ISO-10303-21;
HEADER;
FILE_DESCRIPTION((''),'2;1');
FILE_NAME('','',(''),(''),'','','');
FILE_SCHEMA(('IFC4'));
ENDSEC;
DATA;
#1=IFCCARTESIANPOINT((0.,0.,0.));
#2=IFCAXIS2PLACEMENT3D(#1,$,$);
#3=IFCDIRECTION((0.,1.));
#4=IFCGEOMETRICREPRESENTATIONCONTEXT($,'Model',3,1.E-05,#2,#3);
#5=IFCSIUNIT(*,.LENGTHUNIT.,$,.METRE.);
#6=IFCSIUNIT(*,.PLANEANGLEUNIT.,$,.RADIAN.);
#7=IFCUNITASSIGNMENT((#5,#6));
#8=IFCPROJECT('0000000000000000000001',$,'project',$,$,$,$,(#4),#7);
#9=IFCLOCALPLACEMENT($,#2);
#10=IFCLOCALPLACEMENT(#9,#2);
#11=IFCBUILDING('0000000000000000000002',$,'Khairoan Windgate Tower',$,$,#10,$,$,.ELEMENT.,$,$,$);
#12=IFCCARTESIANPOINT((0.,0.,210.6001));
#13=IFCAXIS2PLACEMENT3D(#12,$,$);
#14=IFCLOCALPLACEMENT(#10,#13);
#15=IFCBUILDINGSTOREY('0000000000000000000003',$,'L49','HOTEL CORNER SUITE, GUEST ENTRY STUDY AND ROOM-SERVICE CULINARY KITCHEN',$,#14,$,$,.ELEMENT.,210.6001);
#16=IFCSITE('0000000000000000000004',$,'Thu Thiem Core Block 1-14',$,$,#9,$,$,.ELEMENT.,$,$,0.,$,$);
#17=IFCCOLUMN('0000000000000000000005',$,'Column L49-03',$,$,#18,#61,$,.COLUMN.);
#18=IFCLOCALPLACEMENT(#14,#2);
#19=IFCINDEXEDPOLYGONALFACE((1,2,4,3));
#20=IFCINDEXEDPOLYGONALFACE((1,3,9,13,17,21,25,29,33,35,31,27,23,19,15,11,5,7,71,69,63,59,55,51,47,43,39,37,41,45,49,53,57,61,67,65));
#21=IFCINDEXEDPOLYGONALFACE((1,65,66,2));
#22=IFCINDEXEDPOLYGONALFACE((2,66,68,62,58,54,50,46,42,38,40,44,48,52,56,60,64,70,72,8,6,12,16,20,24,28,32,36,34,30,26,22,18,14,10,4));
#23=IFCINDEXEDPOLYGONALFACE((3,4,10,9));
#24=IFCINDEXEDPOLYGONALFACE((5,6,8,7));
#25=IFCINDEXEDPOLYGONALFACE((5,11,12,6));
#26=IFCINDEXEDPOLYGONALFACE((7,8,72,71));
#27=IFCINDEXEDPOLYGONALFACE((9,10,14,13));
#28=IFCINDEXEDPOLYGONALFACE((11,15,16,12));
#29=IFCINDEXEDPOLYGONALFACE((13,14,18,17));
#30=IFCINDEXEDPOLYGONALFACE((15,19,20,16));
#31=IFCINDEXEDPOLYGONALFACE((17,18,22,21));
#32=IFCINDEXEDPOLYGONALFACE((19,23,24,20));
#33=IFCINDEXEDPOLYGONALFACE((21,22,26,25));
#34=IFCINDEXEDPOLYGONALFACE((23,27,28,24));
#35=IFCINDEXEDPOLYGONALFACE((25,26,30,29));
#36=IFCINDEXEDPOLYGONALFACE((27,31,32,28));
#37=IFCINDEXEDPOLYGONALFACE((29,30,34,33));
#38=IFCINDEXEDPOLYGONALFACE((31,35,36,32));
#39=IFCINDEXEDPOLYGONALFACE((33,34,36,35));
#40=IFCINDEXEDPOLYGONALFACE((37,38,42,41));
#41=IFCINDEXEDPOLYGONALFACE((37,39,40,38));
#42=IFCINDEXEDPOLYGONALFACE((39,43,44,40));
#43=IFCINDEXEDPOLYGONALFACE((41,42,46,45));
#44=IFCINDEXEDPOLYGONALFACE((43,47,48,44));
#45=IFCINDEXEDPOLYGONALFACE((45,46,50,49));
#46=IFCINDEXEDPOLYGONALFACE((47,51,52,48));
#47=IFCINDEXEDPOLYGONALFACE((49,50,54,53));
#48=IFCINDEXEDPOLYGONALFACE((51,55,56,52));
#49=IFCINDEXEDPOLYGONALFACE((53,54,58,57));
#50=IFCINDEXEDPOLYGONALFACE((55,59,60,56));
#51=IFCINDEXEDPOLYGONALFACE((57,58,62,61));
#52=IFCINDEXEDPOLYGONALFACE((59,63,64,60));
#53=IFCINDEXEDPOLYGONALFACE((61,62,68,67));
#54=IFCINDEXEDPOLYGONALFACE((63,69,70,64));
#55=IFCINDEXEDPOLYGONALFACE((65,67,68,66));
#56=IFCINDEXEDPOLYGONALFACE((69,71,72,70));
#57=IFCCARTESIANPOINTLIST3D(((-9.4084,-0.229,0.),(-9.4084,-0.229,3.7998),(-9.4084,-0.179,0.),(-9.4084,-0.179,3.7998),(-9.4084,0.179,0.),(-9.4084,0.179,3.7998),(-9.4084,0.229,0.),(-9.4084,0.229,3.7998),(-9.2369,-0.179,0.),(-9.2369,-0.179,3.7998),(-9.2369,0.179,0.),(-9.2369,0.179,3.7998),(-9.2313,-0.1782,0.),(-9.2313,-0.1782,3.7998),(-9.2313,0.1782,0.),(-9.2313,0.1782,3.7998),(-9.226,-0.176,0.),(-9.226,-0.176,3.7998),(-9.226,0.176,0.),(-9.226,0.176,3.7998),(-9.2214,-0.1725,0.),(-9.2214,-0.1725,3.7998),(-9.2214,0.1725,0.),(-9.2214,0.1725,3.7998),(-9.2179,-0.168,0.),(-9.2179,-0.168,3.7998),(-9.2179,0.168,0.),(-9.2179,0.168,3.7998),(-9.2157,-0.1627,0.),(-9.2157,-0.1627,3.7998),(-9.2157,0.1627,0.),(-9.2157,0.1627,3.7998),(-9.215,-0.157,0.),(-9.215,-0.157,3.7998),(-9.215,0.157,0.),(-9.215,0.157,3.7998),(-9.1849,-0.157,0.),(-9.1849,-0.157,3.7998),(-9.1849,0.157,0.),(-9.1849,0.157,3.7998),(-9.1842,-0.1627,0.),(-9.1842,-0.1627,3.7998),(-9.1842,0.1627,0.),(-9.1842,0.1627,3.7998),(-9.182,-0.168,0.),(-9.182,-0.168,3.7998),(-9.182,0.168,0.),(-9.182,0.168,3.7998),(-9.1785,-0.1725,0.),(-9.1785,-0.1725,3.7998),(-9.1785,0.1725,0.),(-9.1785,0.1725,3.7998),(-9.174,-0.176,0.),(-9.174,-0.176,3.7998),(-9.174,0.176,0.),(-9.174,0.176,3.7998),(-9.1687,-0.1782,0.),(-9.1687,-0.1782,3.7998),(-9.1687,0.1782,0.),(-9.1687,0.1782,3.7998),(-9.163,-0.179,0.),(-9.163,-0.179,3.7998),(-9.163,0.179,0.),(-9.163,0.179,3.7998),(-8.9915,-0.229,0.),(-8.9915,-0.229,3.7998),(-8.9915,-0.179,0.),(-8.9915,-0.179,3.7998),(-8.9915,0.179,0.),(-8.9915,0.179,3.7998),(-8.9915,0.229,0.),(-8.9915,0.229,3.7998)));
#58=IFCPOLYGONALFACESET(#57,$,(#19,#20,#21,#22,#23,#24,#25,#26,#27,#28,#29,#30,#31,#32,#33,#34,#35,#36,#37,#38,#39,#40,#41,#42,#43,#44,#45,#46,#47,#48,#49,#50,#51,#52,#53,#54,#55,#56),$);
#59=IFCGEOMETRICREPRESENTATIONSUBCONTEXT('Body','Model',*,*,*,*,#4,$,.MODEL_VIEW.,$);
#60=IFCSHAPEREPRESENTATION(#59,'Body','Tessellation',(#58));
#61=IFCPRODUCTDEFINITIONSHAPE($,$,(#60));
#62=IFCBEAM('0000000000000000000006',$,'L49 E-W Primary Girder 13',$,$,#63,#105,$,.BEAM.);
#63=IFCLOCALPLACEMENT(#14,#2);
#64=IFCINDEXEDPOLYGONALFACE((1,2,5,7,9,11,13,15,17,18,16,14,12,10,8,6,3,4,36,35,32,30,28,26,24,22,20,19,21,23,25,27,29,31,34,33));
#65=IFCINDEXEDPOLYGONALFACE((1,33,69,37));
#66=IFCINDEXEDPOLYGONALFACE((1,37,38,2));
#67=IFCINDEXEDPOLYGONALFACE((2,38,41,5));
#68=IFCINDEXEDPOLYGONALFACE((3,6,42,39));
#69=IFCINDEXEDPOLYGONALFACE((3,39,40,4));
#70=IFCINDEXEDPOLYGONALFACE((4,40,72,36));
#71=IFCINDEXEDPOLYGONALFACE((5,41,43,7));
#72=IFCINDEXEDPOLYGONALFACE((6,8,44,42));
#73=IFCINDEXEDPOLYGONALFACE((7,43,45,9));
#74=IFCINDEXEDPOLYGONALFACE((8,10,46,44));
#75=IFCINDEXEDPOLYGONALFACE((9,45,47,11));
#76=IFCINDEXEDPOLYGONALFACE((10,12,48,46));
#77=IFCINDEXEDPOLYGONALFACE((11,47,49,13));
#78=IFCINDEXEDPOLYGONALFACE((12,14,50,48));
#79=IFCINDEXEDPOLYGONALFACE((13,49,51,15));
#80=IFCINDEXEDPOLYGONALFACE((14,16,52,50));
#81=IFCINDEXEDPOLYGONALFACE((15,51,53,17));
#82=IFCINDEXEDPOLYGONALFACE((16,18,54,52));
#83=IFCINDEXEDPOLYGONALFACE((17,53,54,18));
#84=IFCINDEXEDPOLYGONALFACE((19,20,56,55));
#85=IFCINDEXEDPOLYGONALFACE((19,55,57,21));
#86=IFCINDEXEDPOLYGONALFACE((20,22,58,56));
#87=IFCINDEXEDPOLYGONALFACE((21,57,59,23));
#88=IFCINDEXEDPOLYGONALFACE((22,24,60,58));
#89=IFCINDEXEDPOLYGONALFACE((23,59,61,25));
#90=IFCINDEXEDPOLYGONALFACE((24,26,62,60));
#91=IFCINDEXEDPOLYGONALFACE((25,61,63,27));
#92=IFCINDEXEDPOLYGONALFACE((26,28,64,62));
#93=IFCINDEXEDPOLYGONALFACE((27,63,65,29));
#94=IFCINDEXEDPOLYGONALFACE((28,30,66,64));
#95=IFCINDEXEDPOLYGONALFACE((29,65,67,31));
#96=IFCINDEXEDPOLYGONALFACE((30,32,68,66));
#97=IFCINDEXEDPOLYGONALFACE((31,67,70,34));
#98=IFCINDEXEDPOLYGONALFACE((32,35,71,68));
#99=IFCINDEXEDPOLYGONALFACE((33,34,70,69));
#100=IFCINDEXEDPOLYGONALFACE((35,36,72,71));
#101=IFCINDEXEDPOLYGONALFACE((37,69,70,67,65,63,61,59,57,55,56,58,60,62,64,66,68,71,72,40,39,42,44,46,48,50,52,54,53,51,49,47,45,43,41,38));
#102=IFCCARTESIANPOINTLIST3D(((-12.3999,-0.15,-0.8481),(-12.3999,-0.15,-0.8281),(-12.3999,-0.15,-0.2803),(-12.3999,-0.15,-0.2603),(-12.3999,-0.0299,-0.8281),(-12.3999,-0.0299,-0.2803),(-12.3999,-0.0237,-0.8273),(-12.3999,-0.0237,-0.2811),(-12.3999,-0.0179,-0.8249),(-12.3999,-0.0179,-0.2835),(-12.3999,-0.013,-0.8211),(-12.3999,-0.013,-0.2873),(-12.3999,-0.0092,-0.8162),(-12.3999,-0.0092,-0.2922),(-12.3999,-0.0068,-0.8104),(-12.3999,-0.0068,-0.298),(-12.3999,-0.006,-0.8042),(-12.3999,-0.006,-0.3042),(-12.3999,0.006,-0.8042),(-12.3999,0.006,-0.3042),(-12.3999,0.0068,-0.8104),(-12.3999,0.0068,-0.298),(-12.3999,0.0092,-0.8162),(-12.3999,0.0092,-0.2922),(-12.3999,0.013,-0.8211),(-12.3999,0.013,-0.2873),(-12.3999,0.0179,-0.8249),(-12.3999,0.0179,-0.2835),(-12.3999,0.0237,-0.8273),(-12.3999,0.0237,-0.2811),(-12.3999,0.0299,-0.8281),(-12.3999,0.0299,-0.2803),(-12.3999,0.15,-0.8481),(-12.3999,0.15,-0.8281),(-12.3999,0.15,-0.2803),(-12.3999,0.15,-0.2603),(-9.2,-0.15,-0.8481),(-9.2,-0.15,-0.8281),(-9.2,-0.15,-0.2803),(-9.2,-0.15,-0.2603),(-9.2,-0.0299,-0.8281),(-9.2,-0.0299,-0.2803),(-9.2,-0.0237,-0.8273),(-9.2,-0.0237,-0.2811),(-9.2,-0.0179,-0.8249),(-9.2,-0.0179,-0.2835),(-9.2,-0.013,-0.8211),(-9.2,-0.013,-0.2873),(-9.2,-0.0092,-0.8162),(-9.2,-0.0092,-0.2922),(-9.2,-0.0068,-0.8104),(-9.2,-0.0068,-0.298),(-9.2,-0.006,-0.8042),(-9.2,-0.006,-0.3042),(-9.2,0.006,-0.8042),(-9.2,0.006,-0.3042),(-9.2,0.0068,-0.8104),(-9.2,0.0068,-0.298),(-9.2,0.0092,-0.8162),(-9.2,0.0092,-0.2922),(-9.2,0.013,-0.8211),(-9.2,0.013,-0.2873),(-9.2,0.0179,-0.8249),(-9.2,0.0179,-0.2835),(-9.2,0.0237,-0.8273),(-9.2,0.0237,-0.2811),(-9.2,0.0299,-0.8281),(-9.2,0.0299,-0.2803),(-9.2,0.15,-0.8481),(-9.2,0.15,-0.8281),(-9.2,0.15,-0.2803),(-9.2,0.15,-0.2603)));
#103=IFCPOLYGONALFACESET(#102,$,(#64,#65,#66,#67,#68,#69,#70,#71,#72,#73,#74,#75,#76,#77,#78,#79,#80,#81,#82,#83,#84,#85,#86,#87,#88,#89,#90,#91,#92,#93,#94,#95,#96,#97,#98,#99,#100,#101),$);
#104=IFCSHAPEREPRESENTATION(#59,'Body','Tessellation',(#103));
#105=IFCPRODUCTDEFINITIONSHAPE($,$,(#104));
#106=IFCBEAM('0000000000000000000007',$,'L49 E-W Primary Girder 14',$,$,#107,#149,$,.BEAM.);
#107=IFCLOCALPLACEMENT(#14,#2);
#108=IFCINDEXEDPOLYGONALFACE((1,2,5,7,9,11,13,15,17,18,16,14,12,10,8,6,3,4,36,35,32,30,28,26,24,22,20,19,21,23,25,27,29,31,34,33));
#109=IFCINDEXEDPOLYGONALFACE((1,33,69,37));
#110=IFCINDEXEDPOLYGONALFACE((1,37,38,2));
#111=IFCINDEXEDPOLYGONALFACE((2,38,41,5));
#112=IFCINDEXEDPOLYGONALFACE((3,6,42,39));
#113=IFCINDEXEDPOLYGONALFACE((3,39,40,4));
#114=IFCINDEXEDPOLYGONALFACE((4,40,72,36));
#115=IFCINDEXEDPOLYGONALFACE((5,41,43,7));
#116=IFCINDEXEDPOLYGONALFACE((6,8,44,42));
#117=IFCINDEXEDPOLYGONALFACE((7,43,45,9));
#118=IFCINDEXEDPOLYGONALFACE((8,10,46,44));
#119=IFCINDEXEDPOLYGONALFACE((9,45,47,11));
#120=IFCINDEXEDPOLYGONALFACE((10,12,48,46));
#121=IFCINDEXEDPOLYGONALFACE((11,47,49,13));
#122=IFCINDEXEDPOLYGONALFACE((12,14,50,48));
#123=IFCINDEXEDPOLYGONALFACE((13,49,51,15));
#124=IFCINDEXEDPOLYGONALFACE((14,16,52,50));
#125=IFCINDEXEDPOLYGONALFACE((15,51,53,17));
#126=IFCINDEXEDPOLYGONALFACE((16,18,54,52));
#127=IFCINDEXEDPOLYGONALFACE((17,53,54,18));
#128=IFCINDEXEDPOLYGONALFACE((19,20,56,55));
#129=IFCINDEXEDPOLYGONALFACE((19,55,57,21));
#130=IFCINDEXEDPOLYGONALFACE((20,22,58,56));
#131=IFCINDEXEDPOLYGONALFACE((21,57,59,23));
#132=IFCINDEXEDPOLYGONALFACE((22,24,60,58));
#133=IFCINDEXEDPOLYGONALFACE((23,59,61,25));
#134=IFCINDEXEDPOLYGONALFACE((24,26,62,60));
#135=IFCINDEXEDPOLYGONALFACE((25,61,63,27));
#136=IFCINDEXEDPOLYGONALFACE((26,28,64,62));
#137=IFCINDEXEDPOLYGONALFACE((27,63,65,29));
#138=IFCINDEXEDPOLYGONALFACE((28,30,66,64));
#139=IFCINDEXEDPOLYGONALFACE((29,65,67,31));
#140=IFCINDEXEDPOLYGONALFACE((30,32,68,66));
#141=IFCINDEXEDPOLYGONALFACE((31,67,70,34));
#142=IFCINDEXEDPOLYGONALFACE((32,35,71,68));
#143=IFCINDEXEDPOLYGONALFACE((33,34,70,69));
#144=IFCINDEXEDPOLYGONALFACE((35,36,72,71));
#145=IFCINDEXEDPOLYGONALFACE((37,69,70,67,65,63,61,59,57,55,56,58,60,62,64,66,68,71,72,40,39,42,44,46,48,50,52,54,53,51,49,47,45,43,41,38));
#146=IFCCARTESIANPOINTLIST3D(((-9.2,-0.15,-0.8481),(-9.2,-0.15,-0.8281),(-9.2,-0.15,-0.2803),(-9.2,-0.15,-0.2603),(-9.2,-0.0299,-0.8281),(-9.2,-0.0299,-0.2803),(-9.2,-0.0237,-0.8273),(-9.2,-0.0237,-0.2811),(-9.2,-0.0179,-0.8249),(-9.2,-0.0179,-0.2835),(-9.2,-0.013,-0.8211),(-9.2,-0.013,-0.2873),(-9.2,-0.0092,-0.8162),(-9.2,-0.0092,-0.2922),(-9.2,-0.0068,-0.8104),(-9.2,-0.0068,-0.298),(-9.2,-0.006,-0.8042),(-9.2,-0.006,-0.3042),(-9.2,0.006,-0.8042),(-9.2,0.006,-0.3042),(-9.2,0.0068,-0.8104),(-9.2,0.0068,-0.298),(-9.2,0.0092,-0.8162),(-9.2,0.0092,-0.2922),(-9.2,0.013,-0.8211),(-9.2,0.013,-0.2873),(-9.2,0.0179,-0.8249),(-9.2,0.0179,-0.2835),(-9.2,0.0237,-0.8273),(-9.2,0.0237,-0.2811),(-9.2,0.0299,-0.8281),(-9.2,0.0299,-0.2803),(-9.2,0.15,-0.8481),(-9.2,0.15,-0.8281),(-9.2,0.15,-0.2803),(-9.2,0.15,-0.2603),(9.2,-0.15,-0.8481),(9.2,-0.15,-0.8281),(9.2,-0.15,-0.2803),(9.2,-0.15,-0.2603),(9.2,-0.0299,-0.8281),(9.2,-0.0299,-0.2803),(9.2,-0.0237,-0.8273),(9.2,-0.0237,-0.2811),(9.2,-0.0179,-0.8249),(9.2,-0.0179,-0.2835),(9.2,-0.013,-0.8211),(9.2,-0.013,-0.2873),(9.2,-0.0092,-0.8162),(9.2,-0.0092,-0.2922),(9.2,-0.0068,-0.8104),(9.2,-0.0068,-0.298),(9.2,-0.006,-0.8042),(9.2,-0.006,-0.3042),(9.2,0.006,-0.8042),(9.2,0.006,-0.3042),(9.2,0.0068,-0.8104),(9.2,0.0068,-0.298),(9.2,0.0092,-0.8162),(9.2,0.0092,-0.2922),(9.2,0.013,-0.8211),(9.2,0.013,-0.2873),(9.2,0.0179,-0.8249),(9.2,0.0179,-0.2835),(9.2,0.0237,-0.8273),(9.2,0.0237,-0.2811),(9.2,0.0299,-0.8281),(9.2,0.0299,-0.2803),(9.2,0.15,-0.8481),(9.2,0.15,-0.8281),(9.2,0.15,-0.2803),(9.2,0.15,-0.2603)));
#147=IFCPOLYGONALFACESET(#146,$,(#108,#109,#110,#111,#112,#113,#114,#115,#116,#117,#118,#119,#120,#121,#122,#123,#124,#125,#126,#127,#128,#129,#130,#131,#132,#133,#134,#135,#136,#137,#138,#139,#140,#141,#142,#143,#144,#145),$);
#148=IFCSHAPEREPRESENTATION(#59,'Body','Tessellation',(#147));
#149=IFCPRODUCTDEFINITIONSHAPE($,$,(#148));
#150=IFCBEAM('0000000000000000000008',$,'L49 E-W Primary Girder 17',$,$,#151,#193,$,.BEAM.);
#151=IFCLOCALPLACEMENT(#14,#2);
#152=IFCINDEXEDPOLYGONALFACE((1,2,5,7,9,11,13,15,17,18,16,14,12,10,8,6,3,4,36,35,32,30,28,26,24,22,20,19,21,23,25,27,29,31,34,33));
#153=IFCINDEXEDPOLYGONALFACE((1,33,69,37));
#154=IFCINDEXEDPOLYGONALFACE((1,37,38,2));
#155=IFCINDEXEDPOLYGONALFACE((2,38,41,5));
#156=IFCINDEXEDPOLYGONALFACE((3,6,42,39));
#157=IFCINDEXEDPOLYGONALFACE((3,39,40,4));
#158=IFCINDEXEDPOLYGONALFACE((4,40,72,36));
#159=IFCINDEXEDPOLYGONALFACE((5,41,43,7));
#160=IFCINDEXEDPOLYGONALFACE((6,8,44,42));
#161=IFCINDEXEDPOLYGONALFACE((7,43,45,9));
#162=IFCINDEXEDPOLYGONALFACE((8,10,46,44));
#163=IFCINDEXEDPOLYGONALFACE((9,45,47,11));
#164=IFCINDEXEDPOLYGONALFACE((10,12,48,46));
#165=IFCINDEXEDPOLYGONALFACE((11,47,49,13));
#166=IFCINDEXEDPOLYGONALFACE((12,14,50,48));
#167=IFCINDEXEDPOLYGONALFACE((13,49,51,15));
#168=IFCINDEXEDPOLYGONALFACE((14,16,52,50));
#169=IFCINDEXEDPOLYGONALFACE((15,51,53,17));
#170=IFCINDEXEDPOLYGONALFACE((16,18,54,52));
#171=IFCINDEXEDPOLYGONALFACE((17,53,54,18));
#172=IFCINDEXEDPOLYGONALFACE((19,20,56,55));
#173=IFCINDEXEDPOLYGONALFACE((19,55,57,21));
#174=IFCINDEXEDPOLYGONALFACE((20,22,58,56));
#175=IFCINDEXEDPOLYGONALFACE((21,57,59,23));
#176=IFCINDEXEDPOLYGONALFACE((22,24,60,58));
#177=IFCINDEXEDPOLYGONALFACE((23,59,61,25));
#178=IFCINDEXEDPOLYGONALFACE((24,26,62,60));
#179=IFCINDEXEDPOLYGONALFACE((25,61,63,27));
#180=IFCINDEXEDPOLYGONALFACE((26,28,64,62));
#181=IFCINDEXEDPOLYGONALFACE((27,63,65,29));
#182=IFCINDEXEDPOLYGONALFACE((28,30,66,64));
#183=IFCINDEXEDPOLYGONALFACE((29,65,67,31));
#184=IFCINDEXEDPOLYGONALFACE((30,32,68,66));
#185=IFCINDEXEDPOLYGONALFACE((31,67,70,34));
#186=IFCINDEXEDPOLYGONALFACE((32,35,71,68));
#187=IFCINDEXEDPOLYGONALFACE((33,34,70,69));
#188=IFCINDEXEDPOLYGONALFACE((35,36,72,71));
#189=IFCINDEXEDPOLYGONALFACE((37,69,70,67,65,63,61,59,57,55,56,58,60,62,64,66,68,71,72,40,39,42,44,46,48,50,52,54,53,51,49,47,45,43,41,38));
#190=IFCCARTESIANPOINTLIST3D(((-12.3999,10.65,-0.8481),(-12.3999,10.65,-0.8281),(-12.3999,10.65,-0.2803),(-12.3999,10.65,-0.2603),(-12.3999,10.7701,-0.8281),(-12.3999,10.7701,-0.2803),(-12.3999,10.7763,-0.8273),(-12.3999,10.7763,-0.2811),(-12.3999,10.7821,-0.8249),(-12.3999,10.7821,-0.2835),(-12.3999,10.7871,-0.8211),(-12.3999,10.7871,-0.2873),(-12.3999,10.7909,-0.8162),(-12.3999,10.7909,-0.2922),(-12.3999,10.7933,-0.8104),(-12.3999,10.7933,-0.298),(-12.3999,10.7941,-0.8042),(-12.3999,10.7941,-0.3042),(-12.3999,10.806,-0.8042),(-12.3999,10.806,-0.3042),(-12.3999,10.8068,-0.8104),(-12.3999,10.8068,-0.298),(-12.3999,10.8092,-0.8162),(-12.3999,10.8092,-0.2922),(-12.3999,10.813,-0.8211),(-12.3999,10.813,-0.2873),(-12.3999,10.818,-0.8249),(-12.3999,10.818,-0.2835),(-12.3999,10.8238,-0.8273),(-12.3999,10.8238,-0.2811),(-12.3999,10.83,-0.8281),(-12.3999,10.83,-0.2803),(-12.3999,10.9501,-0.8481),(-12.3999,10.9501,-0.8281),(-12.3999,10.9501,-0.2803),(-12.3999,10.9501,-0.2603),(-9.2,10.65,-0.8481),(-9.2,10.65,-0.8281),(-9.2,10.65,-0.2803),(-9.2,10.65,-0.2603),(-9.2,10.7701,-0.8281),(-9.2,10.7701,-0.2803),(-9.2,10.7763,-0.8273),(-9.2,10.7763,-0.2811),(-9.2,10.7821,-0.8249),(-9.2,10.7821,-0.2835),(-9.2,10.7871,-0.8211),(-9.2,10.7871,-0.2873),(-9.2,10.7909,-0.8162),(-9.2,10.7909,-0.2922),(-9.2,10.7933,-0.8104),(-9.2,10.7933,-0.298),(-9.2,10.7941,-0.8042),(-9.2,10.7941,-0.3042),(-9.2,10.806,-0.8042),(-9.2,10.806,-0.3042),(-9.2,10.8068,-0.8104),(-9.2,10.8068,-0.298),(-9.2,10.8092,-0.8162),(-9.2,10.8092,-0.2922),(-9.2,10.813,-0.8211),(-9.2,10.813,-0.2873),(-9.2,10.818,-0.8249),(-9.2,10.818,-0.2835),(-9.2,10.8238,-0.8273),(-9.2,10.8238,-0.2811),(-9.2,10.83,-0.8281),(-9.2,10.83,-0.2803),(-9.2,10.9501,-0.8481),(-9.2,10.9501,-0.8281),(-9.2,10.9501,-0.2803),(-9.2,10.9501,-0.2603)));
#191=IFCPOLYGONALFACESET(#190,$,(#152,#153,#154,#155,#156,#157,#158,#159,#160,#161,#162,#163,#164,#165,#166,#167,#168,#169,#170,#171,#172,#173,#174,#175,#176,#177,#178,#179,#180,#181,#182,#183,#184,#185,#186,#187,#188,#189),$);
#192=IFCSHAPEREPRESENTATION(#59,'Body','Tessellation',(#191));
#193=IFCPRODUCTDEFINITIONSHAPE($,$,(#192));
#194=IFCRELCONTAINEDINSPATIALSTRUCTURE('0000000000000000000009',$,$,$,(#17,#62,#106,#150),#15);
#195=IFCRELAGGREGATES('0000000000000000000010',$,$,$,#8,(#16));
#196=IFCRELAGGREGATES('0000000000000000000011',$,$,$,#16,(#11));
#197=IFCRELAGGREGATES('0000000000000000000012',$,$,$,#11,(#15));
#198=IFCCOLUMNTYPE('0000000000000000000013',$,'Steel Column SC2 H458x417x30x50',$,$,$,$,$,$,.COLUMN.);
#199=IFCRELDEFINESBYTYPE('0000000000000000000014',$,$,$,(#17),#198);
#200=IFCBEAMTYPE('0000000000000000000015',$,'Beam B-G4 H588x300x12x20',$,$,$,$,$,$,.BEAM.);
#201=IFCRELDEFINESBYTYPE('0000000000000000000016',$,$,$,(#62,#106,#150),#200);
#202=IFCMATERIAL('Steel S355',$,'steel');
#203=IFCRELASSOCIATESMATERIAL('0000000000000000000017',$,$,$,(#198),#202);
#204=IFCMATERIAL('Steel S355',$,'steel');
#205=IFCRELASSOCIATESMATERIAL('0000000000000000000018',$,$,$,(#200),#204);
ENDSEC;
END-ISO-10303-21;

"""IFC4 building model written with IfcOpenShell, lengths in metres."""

from ifc_helpers import new_model, si_unit, direction, frame, origin, origin_2d, place, context, subcontext, project, spatial, i_section, extrude, material, material_profile, profile_set, type_object, element, save


model = new_model("IFC4")

# Units and contexts
model_context = context("Model", 3, precision=1e-05, world=origin(), true_north=direction((0.0, 1.0)))
body_context = subcontext(model_context, "Body", "Model", "MODEL_VIEW")
ifc_project = project(units=[si_unit("LENGTHUNIT", "METRE"), si_unit("PLANEANGLEUNIT", "RADIAN")], contexts=[model_context])

# Site, building, storey
site_placement = place(None, origin())
site = spatial("IfcSite", under=ifc_project, at=site_placement, Name="Thu Thiem Core Block 1-14", CompositionType="ELEMENT", RefElevation=0.0)
building_placement = place(site_placement, origin())
building = spatial("IfcBuilding", under=site, at=building_placement, Name="Khairoan Windgate Tower", CompositionType="ELEMENT")
storey_placement = place(building_placement, frame((0.0, 0.0, 210.6001)))
storey = spatial("IfcBuildingStorey", under=building, at=storey_placement, Name="L49", Description="HOTEL CORNER SUITE, GUEST ENTRY STUDY AND ROOM-SERVICE CULINARY KITCHEN", CompositionType="ELEMENT", Elevation=210.6001)

# Column
ifc_material_1 = material(Name="Steel S355", Category="steel")
ifc_material_profile_1 = material_profile(ifc_material_1, i_section(OverallWidth=0.417, OverallDepth=0.458, WebThickness=0.03, FlangeThickness=0.05, FilletRadius=0.022, at=origin_2d()))
ifc_profile_set_1 = profile_set([ifc_material_profile_1], Name="Steel S355")
column_type = type_object("IfcColumnType", Name="Steel Column SC2 H458x417x30x50", PredefinedType="COLUMN", material=ifc_profile_set_1)
column_placement = place(storey_placement, frame((-9.2, 0.0, 0.0), z_axis=(0.0, 0.0, 1.0), x_axis=(1.0, 0.0, 0.0)))
element("IfcColumn", 1, at=column_placement, inside=storey, type_object=column_type, Name="Column L49-03", PredefinedType="COLUMN", context=body_context, shape_type="SweptSolid", body=[
    extrude(i_section(OverallWidth=0.417, OverallDepth=0.458, WebThickness=0.03, FlangeThickness=0.05, FilletRadius=0.022, at=origin_2d()), origin(), (0.0, 0.0, 1.0), 3.7998),
])

# Beams
ifc_material_2 = material(Name="Steel S355", Category="steel")
ifc_material_profile_2 = material_profile(ifc_material_2, i_section(OverallWidth=0.3, OverallDepth=0.5879, WebThickness=0.012, FlangeThickness=0.02, FilletRadius=0.0239, at=origin_2d()))
ifc_profile_set_2 = profile_set([ifc_material_profile_2], Name="Steel S355")
beam_type_1 = type_object("IfcBeamType", Name="Beam B-G4 H588x300x12x20", PredefinedType="BEAM", material=ifc_profile_set_2)
beam_1_placement = place(storey_placement, frame((-12.3999, 0.0, -0.5542), z_axis=(1.0, 0.0, 0.0), x_axis=(0.0, 1.0, 0.0)))
element("IfcBeam", 2, at=beam_1_placement, inside=storey, type_object=beam_type_1, Name="L49 E-W Primary Girder 13", PredefinedType="BEAM", context=body_context, shape_type="SweptSolid", body=[
    extrude(i_section(OverallWidth=0.3, OverallDepth=0.5879, WebThickness=0.012, FlangeThickness=0.02, FilletRadius=0.0239, at=origin_2d()), origin(), (0.0, 0.0, 1.0), 3.2),
])
beam_2_placement = place(storey_placement, frame((-9.2, 0.0, -0.5542), z_axis=(1.0, 0.0, 0.0), x_axis=(0.0, 1.0, 0.0)))
element("IfcBeam", 3, at=beam_2_placement, inside=storey, type_object=beam_type_1, Name="L49 E-W Primary Girder 14", PredefinedType="BEAM", context=body_context, shape_type="SweptSolid", body=[
    extrude(i_section(OverallWidth=0.3, OverallDepth=0.5879, WebThickness=0.012, FlangeThickness=0.02, FilletRadius=0.0239, at=origin_2d()), origin(), (0.0, 0.0, 1.0), 18.3999),
])
beam_3_placement = place(storey_placement, frame((-12.3999, 10.8, -0.5542), z_axis=(1.0, 0.0, 0.0), x_axis=(0.0, 1.0, 0.0)))
element("IfcBeam", 4, at=beam_3_placement, inside=storey, type_object=beam_type_1, Name="L49 E-W Primary Girder 17", PredefinedType="BEAM", context=body_context, shape_type="SweptSolid", body=[
    extrude(i_section(OverallWidth=0.3, OverallDepth=0.5879, WebThickness=0.012, FlangeThickness=0.02, FilletRadius=0.0239, at=origin_2d()), origin(), (0.0, 0.0, 1.0), 3.2),
])

save(model, "model.ifc")
